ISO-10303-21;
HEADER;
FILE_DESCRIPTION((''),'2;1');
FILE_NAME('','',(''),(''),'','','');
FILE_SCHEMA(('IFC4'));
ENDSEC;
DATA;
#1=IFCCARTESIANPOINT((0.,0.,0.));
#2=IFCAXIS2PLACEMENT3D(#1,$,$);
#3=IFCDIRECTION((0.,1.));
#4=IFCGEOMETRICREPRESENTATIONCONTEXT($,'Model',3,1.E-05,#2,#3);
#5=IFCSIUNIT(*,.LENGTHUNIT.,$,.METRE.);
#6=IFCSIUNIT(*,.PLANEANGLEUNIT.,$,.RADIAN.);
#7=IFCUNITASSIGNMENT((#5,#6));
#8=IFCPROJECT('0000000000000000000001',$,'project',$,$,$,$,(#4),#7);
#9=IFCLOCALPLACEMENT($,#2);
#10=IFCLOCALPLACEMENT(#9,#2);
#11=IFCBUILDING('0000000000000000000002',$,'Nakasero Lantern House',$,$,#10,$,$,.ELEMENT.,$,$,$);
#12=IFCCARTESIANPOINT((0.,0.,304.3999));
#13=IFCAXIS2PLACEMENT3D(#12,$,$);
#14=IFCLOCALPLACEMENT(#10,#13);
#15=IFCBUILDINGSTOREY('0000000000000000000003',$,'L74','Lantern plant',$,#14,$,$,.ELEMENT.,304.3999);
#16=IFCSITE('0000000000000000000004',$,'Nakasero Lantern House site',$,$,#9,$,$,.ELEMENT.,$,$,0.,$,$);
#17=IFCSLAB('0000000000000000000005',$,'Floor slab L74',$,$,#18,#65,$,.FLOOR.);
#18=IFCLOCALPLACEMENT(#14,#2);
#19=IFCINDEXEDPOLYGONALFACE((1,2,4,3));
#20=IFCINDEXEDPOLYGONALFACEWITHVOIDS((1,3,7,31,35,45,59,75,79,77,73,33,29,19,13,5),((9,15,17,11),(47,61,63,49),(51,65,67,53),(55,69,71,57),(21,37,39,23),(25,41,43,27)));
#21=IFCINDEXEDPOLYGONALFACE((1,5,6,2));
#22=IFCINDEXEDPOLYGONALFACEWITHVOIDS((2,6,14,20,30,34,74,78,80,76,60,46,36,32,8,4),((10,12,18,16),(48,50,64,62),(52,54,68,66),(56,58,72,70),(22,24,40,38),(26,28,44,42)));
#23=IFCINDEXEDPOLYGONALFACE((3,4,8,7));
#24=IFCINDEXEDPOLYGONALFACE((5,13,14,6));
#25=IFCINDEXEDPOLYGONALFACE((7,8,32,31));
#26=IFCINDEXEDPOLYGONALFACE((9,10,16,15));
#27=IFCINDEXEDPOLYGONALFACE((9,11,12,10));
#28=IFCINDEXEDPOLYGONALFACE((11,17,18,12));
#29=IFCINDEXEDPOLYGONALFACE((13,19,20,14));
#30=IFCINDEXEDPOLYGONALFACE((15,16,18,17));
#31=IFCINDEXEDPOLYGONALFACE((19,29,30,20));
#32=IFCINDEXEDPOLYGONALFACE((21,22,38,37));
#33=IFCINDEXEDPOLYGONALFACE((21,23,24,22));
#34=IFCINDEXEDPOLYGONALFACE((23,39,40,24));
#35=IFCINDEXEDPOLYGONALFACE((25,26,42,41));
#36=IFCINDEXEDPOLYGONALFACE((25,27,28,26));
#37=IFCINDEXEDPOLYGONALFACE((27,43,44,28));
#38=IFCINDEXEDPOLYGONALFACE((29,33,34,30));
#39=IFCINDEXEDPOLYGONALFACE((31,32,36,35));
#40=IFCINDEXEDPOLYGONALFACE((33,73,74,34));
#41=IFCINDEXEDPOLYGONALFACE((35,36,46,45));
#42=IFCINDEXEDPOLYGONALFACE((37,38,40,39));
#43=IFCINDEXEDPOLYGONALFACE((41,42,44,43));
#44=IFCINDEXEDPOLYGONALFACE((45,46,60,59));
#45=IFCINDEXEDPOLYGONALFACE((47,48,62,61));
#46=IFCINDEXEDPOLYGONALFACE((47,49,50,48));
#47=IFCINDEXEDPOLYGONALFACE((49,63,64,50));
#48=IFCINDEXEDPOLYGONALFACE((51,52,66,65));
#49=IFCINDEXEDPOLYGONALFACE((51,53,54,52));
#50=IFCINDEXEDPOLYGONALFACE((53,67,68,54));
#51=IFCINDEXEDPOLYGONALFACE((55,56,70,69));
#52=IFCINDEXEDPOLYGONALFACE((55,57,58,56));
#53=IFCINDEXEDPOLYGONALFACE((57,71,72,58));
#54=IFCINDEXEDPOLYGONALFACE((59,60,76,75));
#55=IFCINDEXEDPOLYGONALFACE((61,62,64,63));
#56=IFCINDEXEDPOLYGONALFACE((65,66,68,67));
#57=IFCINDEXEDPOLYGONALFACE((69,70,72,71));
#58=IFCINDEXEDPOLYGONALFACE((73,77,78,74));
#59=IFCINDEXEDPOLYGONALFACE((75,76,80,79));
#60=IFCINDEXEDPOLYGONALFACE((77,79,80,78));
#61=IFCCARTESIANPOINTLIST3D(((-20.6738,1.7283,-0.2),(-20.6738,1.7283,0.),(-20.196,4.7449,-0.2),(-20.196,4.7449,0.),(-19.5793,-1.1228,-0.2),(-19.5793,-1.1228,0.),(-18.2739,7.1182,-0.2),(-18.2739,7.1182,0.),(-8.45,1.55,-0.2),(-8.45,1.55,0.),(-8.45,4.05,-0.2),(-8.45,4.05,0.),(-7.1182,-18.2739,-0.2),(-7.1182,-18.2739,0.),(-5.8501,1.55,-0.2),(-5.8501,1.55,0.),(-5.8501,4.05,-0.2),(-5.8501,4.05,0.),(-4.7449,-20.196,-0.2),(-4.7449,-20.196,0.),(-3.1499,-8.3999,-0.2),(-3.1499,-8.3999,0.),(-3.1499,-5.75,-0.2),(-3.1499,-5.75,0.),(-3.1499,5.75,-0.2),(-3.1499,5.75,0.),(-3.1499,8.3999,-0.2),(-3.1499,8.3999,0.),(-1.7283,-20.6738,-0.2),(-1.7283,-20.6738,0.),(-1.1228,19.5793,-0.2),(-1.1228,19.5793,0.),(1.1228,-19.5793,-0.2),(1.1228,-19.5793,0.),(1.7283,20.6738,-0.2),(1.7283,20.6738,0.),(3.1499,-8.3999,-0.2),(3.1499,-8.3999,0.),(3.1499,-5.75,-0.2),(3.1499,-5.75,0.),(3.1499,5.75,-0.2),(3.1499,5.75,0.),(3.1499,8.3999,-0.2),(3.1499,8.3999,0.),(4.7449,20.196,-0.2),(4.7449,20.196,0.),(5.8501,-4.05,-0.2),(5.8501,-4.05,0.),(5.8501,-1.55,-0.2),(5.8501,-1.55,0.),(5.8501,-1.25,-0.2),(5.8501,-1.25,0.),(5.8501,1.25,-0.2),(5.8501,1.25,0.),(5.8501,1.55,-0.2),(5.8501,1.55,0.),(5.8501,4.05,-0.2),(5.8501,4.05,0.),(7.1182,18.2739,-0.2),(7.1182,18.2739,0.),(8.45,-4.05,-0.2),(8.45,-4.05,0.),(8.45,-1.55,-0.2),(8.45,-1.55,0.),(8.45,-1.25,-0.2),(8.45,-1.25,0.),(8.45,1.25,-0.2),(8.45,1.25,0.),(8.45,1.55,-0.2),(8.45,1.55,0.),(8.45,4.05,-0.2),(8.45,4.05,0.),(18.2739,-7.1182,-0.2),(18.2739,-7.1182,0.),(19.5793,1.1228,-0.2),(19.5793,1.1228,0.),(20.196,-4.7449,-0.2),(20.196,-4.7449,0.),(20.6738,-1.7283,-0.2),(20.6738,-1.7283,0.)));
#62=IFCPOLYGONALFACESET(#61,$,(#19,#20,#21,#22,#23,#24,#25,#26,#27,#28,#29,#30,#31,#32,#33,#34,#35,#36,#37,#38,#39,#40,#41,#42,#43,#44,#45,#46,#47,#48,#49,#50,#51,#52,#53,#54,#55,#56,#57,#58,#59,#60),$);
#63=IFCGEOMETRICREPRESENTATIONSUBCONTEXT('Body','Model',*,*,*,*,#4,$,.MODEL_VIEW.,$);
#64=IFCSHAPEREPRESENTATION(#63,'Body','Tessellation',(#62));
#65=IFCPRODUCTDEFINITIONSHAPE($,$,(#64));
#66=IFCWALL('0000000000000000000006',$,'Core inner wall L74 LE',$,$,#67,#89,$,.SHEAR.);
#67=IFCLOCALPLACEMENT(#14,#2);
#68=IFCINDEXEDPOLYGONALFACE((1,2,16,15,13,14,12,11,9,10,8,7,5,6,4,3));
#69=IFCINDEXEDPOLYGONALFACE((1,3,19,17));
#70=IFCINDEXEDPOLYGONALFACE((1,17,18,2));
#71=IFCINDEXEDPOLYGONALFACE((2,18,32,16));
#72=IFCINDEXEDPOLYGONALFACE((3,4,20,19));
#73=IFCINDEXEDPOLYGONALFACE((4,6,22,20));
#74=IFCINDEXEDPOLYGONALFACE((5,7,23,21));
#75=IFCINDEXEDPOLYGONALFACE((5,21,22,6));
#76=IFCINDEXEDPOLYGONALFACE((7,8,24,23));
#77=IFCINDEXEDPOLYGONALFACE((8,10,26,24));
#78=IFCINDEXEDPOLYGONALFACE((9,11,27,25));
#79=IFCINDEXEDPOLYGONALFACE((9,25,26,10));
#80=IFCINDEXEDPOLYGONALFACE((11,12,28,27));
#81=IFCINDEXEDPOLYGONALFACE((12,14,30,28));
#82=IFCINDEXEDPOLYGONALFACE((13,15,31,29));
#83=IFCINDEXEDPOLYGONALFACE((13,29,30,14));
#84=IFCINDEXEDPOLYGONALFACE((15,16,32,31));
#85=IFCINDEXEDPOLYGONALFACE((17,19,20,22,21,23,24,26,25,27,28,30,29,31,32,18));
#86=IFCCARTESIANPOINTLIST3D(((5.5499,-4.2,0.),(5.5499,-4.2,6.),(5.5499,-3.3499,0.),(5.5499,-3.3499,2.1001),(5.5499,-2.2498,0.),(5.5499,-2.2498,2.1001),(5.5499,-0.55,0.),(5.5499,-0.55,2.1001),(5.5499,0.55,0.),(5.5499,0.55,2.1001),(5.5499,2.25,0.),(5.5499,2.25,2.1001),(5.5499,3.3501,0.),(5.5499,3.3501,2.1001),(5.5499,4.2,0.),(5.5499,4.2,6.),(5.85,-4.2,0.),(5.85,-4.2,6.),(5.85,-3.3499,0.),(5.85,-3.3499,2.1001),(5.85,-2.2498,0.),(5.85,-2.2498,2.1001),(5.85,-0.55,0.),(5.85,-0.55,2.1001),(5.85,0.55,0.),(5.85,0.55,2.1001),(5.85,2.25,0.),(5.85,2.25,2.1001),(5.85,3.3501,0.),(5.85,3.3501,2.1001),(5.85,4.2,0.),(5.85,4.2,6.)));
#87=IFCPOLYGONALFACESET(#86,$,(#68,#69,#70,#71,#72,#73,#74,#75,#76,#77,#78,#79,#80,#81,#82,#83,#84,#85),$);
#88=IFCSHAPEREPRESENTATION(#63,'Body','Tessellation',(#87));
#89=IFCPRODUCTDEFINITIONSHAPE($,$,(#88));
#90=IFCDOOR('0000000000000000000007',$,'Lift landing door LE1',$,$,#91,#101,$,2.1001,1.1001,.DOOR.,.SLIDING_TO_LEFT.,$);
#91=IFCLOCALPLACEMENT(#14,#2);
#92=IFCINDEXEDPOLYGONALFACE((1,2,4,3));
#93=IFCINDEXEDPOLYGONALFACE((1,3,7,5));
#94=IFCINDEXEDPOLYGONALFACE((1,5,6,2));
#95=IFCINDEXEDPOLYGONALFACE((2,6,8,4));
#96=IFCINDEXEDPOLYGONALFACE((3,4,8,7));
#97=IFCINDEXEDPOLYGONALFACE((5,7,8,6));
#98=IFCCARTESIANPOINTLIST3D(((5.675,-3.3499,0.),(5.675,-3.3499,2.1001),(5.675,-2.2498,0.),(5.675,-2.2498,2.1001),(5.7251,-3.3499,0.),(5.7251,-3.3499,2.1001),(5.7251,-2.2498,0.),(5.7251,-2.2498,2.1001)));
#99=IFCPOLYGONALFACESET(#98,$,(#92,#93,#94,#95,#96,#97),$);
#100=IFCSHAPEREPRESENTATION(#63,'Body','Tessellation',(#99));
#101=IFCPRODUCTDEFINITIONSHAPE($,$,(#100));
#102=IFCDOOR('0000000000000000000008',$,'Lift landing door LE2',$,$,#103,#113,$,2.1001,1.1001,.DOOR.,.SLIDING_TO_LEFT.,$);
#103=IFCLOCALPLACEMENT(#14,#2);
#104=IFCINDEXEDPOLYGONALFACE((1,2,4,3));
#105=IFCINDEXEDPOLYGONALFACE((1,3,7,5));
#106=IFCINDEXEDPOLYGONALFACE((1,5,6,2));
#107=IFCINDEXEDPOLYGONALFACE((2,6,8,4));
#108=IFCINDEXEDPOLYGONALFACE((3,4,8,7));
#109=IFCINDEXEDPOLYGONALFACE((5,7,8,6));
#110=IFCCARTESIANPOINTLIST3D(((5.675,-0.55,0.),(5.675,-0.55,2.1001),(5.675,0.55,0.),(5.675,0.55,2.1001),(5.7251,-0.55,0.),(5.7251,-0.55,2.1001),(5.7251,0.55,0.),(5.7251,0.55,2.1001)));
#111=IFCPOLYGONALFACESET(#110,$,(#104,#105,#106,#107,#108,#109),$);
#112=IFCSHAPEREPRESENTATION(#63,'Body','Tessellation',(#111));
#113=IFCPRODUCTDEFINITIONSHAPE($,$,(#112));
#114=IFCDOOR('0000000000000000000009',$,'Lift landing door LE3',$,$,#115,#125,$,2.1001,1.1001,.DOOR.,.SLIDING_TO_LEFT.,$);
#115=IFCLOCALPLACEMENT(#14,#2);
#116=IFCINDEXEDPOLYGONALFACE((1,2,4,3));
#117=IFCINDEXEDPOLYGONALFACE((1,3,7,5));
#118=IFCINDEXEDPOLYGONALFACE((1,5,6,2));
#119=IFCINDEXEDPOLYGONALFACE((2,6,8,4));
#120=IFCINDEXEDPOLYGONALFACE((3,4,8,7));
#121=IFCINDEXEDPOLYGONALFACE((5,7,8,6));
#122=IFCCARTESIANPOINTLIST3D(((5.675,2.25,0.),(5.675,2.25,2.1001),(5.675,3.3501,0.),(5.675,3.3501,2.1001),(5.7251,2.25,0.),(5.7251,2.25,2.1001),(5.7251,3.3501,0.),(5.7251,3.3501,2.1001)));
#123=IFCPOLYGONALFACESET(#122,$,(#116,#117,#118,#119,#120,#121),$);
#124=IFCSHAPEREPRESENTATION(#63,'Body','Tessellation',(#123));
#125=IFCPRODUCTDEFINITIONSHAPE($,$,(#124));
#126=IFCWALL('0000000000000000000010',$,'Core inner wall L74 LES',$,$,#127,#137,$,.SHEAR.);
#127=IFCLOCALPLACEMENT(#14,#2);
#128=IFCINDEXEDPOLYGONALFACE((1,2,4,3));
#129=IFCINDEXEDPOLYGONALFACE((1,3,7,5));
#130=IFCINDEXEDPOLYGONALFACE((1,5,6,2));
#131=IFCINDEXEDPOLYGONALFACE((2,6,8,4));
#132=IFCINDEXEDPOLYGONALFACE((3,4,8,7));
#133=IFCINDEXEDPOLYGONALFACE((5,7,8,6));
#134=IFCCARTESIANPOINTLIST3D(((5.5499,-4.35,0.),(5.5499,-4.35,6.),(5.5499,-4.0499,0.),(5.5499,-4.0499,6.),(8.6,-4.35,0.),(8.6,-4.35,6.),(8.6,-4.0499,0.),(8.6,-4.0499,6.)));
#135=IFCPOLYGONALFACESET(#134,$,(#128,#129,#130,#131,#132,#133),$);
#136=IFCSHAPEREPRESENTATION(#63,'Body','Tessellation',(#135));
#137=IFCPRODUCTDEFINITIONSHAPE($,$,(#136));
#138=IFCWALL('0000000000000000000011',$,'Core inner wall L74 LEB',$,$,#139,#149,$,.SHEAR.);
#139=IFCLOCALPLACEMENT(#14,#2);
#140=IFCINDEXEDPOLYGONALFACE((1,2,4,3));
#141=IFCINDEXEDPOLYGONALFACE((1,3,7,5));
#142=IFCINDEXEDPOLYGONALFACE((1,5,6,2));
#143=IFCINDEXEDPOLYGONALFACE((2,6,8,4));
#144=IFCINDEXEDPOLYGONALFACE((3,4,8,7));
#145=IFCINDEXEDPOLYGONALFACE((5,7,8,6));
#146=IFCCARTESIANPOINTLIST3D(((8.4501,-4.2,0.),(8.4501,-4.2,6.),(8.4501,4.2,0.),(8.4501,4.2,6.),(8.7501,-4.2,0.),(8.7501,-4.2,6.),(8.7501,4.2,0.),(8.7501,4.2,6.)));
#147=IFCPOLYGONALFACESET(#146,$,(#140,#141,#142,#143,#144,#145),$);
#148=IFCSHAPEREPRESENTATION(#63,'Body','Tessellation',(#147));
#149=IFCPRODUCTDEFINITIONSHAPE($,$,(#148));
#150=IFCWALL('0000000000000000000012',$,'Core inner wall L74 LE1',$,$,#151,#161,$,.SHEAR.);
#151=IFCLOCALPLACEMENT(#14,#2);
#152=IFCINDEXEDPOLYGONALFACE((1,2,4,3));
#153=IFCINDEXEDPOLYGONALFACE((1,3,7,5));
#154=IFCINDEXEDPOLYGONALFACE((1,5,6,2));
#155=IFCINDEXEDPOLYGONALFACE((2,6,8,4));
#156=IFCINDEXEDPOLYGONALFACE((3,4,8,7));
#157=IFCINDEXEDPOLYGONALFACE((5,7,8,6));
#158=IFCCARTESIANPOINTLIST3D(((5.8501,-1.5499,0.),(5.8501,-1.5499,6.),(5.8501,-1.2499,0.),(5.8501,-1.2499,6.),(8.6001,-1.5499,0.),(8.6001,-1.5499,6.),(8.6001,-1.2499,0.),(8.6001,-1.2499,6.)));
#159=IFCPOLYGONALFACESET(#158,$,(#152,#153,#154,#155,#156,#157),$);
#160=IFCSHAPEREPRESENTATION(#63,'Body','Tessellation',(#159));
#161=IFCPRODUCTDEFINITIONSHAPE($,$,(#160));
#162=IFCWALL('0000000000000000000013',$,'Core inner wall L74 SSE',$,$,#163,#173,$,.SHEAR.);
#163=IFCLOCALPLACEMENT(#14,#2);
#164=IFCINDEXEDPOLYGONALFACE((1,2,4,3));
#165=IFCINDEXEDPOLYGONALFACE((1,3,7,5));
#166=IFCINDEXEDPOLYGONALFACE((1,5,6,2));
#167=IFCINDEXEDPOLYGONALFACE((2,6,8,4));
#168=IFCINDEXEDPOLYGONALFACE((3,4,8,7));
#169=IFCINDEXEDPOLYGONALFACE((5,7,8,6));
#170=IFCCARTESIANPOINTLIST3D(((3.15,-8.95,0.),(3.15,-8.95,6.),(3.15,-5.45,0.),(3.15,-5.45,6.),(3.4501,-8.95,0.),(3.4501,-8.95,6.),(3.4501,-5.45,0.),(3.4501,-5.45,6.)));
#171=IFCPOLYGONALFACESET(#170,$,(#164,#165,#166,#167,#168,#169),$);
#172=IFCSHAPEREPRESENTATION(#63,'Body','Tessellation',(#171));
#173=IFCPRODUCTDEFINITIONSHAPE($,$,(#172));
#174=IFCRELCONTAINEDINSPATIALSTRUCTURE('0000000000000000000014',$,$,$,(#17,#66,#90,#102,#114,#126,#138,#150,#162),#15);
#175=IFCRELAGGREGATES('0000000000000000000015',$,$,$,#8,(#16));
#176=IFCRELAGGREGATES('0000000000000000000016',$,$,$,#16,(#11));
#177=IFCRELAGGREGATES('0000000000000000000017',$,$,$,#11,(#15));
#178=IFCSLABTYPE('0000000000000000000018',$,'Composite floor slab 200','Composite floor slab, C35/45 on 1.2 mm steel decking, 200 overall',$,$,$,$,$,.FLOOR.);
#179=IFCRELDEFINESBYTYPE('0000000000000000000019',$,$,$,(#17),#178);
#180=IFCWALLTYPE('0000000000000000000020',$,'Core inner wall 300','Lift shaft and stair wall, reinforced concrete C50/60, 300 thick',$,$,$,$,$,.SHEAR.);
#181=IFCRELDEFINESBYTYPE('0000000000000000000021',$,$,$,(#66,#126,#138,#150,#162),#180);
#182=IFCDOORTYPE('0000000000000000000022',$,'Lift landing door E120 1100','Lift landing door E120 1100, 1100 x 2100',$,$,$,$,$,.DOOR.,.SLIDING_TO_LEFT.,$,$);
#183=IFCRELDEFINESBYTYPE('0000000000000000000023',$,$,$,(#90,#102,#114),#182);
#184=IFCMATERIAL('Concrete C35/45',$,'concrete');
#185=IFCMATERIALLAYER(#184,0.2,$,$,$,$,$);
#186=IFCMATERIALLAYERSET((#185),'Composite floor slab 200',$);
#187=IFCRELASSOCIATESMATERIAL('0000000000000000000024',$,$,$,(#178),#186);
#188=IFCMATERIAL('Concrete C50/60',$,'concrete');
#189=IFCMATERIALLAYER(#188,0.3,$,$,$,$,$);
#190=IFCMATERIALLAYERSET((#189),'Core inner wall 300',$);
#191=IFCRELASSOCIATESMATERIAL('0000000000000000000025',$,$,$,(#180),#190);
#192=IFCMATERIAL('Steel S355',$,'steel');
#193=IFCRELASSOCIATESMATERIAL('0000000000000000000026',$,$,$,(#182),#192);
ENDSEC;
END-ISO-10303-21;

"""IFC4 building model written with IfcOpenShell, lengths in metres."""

from ifc_helpers import new_model, si_unit, direction, frame, frame_2d, origin, place, context, subcontext, project, spatial, polyline, rectangle, outline, extrude, material, layer, layer_set, type_object, element, fill, save


model = new_model("IFC4")

# Units and contexts
model_context = context("Model", 3, precision=1e-05, world=origin(), true_north=direction((0.0, 1.0)))
body_context = subcontext(model_context, "Body", "Model", "MODEL_VIEW")
ifc_project = project(units=[si_unit("LENGTHUNIT", "METRE"), si_unit("PLANEANGLEUNIT", "RADIAN")], contexts=[model_context])

# Site, building, storey
site_placement = place(None, origin())
site = spatial("IfcSite", under=ifc_project, at=site_placement, Name="Nakasero Lantern House site", CompositionType="ELEMENT", RefElevation=0.0)
building_placement = place(site_placement, origin())
building = spatial("IfcBuilding", under=site, at=building_placement, Name="Nakasero Lantern House", CompositionType="ELEMENT")
storey_placement = place(building_placement, frame((0.0, 0.0, 304.3999)))
storey = spatial("IfcBuildingStorey", under=building, at=storey_placement, Name="L74", Description="Lantern plant", CompositionType="ELEMENT", Elevation=304.3999)

# Slab
ifc_material_1 = material(Name="Concrete C35/45", Category="concrete")
ifc_layer_1 = layer(ifc_material_1, 0.2)
ifc_layer_set_1 = layer_set([ifc_layer_1], Name="Composite floor slab 200")
slab_type = type_object("IfcSlabType", Name="Composite floor slab 200", Description="Composite floor slab, C35/45 on 1.2 mm steel decking, 200 overall", PredefinedType="FLOOR", material=ifc_layer_set_1)
slab_placement = place(storey_placement, frame((0.0, 0.0, -0.2)))
element("IfcSlab", 1, at=slab_placement, inside=storey, type_object=slab_type, Name="Floor slab L74", PredefinedType="FLOOR", context=body_context, shape_type="SweptSolid", body=[
    extrude(outline(polyline([(7.1182, 18.2739), (4.7449, 20.196), (1.7283, 20.6738), (-1.1228, 19.5793), (-18.2739, 7.1182), (-20.196, 4.7449), (-20.6738, 1.7283), (-19.5793, -1.1228), (-7.1182, -18.2739), (-4.7449, -20.196), (-1.7283, -20.6738), (1.1228, -19.5793), (18.2739, -7.1182), (20.196, -4.7449), (20.6738, -1.7283), (19.5793, 1.1228), (7.1182, 18.2739)]), holes=[polyline([(-8.45, 1.55), (-5.8501, 1.55), (-5.8501, 4.05), (-8.45, 4.05), (-8.45, 1.55)]), polyline([(5.8501, -4.05), (8.45, -4.05), (8.45, -1.55), (5.8501, -1.55), (5.8501, -4.05)]), polyline([(5.8501, -1.25), (8.45, -1.25), (8.45, 1.25), (5.8501, 1.25), (5.8501, -1.25)]), polyline([(5.8501, 1.55), (8.45, 1.55), (8.45, 4.05), (5.8501, 4.05), (5.8501, 1.55)]), polyline([(-3.1499, 5.75), (3.1499, 5.75), (3.1499, 8.3999), (-3.1499, 8.3999), (-3.1499, 5.75)]), polyline([(-3.1499, -8.3999), (3.1499, -8.3999), (3.1499, -5.75), (-3.1499, -5.75), (-3.1499, -8.3999)])]), origin(), (0.0, 0.0, 1.0), 0.2),
])

# Wall, openings, doors
ifc_material_2 = material(Name="Concrete C50/60", Category="concrete")
ifc_layer_2 = layer(ifc_material_2, 0.3)
ifc_layer_set_2 = layer_set([ifc_layer_2], Name="Core inner wall 300")
wall_type_1 = type_object("IfcWallType", Name="Core inner wall 300", Description="Lift shaft and stair wall, reinforced concrete C50/60, 300 thick", PredefinedType="SHEAR", material=ifc_layer_set_2)
wall_1_placement = place(storey_placement, frame((5.7, -4.2, 0.0), z_axis=(0.0, 0.0, 1.0), x_axis=(0.0, 1.0, 0.0)))
wall_1 = element("IfcWall", 2, at=wall_1_placement, inside=storey, type_object=wall_type_1, Name="Core inner wall L74 LE", PredefinedType="SHEAR", context=body_context, shape_type="SweptSolid", body=[
    extrude(rectangle(XDim=8.3999, YDim=0.3, at=frame_2d((4.2, 0.0))), origin(), (0.0, 0.0, 1.0), 6.0),
])
opening_1_placement = place(wall_1_placement, frame((0.8501, 0.0, 0.0)))
opening_1 = element("IfcOpeningElement", 3, at=opening_1_placement, cuts=wall_1, PredefinedType="OPENING", context=body_context, shape_type="SweptSolid", body=[
    extrude(rectangle(XDim=1.1001, YDim=2.1001, at=frame_2d((0.55, 1.05))), frame((0.0, 0.1699, 0.0), z_axis=(0.0, -1.0, 0.0), x_axis=(1.0, 0.0, 0.0)), (0.0, 0.0, 1.0), 0.3401),
])
opening_2_placement = place(wall_1_placement, frame((3.6499, 0.0, 0.0)))
opening_2 = element("IfcOpeningElement", 4, at=opening_2_placement, cuts=wall_1, PredefinedType="OPENING", context=body_context, shape_type="SweptSolid", body=[
    extrude(rectangle(XDim=1.1001, YDim=2.1001, at=frame_2d((0.55, 1.05))), frame((0.0, 0.1699, 0.0), z_axis=(0.0, -1.0, 0.0), x_axis=(1.0, 0.0, 0.0)), (0.0, 0.0, 1.0), 0.3401),
])
opening_3_placement = place(wall_1_placement, frame((6.45, 0.0, 0.0)))
opening_3 = element("IfcOpeningElement", 5, at=opening_3_placement, cuts=wall_1, PredefinedType="OPENING", context=body_context, shape_type="SweptSolid", body=[
    extrude(rectangle(XDim=1.1001, YDim=2.1001, at=frame_2d((0.55, 1.05))), frame((0.0, 0.1699, 0.0), z_axis=(0.0, -1.0, 0.0), x_axis=(1.0, 0.0, 0.0)), (0.0, 0.0, 1.0), 0.3401),
])
ifc_material_3 = material(Name="Steel S355", Category="steel")
door_type_1 = type_object("IfcDoorType", Name="Lift landing door E120 1100", Description="Lift landing door E120 1100, 1100 x 2100", OperationType="SLIDING_TO_LEFT", PredefinedType="DOOR", material=ifc_material_3)
door_1_placement = place(opening_1_placement, origin())
door_1 = element("IfcDoor", 6, at=door_1_placement, inside=storey, type_object=door_type_1, Name="Lift landing door LE1", OperationType="SLIDING_TO_LEFT", OverallHeight=2.1001, OverallWidth=1.1001, PredefinedType="DOOR", context=body_context, shape_type="SweptSolid", body=[
    extrude(rectangle(XDim=1.1001, YDim=2.1001, at=frame_2d((0.55, 1.05))), frame((0.0, 0.0249, 0.0), z_axis=(0.0, -1.0, 0.0), x_axis=(1.0, 0.0, 0.0)), (0.0, 0.0, 1.0), 0.05),
])
fill(opening_1, door_1)
door_2_placement = place(opening_2_placement, origin())
door_2 = element("IfcDoor", 7, at=door_2_placement, inside=storey, type_object=door_type_1, Name="Lift landing door LE2", OperationType="SLIDING_TO_LEFT", OverallHeight=2.1001, OverallWidth=1.1001, PredefinedType="DOOR", context=body_context, shape_type="SweptSolid", body=[
    extrude(rectangle(XDim=1.1001, YDim=2.1001, at=frame_2d((0.55, 1.05))), frame((0.0, 0.0249, 0.0), z_axis=(0.0, -1.0, 0.0), x_axis=(1.0, 0.0, 0.0)), (0.0, 0.0, 1.0), 0.05),
])
fill(opening_2, door_2)
door_3_placement = place(opening_3_placement, origin())
door_3 = element("IfcDoor", 8, at=door_3_placement, inside=storey, type_object=door_type_1, Name="Lift landing door LE3", OperationType="SLIDING_TO_LEFT", OverallHeight=2.1001, OverallWidth=1.1001, PredefinedType="DOOR", context=body_context, shape_type="SweptSolid", body=[
    extrude(rectangle(XDim=1.1001, YDim=2.1001, at=frame_2d((0.55, 1.05))), frame((0.0, 0.0249, 0.0), z_axis=(0.0, -1.0, 0.0), x_axis=(1.0, 0.0, 0.0)), (0.0, 0.0, 1.0), 0.05),
])
fill(opening_3, door_3)

# Walls
wall_2_placement = place(storey_placement, frame((5.55, -4.2, 0.0), z_axis=(0.0, 0.0, 1.0), x_axis=(1.0, 0.0, 0.0)))
element("IfcWall", 9, at=wall_2_placement, inside=storey, type_object=wall_type_1, Name="Core inner wall L74 LES", PredefinedType="SHEAR", context=body_context, shape_type="SweptSolid", body=[
    extrude(rectangle(XDim=3.05, YDim=0.3, at=frame_2d((1.5249, 0.0))), origin(), (0.0, 0.0, 1.0), 6.0),
])
wall_3_placement = place(storey_placement, frame((8.6001, -4.2, 0.0), z_axis=(0.0, 0.0, 1.0), x_axis=(0.0, 1.0, 0.0)))
element("IfcWall", 10, at=wall_3_placement, inside=storey, type_object=wall_type_1, Name="Core inner wall L74 LEB", PredefinedType="SHEAR", context=body_context, shape_type="SweptSolid", body=[
    extrude(rectangle(XDim=8.3999, YDim=0.3, at=frame_2d((4.2, 0.0))), origin(), (0.0, 0.0, 1.0), 6.0),
])
wall_4_placement = place(storey_placement, frame((5.8501, -1.3999, 0.0), z_axis=(0.0, 0.0, 1.0), x_axis=(1.0, 0.0, 0.0)))
element("IfcWall", 11, at=wall_4_placement, inside=storey, type_object=wall_type_1, Name="Core inner wall L74 LE1", PredefinedType="SHEAR", context=body_context, shape_type="SweptSolid", body=[
    extrude(rectangle(XDim=2.75, YDim=0.3, at=frame_2d((1.375, 0.0))), origin(), (0.0, 0.0, 1.0), 6.0),
])
wall_5_placement = place(storey_placement, frame((3.3, -5.45, 0.0), z_axis=(0.0, 0.0, 1.0), x_axis=(0.0, -1.0, 0.0)))
element("IfcWall", 12, at=wall_5_placement, inside=storey, type_object=wall_type_1, Name="Core inner wall L74 SSE", PredefinedType="SHEAR", context=body_context, shape_type="SweptSolid", body=[
    extrude(rectangle(XDim=3.5, YDim=0.3, at=frame_2d((1.75, 0.0))), origin(), (0.0, 0.0, 1.0), 6.0),
])

save(model, "model.ifc")
